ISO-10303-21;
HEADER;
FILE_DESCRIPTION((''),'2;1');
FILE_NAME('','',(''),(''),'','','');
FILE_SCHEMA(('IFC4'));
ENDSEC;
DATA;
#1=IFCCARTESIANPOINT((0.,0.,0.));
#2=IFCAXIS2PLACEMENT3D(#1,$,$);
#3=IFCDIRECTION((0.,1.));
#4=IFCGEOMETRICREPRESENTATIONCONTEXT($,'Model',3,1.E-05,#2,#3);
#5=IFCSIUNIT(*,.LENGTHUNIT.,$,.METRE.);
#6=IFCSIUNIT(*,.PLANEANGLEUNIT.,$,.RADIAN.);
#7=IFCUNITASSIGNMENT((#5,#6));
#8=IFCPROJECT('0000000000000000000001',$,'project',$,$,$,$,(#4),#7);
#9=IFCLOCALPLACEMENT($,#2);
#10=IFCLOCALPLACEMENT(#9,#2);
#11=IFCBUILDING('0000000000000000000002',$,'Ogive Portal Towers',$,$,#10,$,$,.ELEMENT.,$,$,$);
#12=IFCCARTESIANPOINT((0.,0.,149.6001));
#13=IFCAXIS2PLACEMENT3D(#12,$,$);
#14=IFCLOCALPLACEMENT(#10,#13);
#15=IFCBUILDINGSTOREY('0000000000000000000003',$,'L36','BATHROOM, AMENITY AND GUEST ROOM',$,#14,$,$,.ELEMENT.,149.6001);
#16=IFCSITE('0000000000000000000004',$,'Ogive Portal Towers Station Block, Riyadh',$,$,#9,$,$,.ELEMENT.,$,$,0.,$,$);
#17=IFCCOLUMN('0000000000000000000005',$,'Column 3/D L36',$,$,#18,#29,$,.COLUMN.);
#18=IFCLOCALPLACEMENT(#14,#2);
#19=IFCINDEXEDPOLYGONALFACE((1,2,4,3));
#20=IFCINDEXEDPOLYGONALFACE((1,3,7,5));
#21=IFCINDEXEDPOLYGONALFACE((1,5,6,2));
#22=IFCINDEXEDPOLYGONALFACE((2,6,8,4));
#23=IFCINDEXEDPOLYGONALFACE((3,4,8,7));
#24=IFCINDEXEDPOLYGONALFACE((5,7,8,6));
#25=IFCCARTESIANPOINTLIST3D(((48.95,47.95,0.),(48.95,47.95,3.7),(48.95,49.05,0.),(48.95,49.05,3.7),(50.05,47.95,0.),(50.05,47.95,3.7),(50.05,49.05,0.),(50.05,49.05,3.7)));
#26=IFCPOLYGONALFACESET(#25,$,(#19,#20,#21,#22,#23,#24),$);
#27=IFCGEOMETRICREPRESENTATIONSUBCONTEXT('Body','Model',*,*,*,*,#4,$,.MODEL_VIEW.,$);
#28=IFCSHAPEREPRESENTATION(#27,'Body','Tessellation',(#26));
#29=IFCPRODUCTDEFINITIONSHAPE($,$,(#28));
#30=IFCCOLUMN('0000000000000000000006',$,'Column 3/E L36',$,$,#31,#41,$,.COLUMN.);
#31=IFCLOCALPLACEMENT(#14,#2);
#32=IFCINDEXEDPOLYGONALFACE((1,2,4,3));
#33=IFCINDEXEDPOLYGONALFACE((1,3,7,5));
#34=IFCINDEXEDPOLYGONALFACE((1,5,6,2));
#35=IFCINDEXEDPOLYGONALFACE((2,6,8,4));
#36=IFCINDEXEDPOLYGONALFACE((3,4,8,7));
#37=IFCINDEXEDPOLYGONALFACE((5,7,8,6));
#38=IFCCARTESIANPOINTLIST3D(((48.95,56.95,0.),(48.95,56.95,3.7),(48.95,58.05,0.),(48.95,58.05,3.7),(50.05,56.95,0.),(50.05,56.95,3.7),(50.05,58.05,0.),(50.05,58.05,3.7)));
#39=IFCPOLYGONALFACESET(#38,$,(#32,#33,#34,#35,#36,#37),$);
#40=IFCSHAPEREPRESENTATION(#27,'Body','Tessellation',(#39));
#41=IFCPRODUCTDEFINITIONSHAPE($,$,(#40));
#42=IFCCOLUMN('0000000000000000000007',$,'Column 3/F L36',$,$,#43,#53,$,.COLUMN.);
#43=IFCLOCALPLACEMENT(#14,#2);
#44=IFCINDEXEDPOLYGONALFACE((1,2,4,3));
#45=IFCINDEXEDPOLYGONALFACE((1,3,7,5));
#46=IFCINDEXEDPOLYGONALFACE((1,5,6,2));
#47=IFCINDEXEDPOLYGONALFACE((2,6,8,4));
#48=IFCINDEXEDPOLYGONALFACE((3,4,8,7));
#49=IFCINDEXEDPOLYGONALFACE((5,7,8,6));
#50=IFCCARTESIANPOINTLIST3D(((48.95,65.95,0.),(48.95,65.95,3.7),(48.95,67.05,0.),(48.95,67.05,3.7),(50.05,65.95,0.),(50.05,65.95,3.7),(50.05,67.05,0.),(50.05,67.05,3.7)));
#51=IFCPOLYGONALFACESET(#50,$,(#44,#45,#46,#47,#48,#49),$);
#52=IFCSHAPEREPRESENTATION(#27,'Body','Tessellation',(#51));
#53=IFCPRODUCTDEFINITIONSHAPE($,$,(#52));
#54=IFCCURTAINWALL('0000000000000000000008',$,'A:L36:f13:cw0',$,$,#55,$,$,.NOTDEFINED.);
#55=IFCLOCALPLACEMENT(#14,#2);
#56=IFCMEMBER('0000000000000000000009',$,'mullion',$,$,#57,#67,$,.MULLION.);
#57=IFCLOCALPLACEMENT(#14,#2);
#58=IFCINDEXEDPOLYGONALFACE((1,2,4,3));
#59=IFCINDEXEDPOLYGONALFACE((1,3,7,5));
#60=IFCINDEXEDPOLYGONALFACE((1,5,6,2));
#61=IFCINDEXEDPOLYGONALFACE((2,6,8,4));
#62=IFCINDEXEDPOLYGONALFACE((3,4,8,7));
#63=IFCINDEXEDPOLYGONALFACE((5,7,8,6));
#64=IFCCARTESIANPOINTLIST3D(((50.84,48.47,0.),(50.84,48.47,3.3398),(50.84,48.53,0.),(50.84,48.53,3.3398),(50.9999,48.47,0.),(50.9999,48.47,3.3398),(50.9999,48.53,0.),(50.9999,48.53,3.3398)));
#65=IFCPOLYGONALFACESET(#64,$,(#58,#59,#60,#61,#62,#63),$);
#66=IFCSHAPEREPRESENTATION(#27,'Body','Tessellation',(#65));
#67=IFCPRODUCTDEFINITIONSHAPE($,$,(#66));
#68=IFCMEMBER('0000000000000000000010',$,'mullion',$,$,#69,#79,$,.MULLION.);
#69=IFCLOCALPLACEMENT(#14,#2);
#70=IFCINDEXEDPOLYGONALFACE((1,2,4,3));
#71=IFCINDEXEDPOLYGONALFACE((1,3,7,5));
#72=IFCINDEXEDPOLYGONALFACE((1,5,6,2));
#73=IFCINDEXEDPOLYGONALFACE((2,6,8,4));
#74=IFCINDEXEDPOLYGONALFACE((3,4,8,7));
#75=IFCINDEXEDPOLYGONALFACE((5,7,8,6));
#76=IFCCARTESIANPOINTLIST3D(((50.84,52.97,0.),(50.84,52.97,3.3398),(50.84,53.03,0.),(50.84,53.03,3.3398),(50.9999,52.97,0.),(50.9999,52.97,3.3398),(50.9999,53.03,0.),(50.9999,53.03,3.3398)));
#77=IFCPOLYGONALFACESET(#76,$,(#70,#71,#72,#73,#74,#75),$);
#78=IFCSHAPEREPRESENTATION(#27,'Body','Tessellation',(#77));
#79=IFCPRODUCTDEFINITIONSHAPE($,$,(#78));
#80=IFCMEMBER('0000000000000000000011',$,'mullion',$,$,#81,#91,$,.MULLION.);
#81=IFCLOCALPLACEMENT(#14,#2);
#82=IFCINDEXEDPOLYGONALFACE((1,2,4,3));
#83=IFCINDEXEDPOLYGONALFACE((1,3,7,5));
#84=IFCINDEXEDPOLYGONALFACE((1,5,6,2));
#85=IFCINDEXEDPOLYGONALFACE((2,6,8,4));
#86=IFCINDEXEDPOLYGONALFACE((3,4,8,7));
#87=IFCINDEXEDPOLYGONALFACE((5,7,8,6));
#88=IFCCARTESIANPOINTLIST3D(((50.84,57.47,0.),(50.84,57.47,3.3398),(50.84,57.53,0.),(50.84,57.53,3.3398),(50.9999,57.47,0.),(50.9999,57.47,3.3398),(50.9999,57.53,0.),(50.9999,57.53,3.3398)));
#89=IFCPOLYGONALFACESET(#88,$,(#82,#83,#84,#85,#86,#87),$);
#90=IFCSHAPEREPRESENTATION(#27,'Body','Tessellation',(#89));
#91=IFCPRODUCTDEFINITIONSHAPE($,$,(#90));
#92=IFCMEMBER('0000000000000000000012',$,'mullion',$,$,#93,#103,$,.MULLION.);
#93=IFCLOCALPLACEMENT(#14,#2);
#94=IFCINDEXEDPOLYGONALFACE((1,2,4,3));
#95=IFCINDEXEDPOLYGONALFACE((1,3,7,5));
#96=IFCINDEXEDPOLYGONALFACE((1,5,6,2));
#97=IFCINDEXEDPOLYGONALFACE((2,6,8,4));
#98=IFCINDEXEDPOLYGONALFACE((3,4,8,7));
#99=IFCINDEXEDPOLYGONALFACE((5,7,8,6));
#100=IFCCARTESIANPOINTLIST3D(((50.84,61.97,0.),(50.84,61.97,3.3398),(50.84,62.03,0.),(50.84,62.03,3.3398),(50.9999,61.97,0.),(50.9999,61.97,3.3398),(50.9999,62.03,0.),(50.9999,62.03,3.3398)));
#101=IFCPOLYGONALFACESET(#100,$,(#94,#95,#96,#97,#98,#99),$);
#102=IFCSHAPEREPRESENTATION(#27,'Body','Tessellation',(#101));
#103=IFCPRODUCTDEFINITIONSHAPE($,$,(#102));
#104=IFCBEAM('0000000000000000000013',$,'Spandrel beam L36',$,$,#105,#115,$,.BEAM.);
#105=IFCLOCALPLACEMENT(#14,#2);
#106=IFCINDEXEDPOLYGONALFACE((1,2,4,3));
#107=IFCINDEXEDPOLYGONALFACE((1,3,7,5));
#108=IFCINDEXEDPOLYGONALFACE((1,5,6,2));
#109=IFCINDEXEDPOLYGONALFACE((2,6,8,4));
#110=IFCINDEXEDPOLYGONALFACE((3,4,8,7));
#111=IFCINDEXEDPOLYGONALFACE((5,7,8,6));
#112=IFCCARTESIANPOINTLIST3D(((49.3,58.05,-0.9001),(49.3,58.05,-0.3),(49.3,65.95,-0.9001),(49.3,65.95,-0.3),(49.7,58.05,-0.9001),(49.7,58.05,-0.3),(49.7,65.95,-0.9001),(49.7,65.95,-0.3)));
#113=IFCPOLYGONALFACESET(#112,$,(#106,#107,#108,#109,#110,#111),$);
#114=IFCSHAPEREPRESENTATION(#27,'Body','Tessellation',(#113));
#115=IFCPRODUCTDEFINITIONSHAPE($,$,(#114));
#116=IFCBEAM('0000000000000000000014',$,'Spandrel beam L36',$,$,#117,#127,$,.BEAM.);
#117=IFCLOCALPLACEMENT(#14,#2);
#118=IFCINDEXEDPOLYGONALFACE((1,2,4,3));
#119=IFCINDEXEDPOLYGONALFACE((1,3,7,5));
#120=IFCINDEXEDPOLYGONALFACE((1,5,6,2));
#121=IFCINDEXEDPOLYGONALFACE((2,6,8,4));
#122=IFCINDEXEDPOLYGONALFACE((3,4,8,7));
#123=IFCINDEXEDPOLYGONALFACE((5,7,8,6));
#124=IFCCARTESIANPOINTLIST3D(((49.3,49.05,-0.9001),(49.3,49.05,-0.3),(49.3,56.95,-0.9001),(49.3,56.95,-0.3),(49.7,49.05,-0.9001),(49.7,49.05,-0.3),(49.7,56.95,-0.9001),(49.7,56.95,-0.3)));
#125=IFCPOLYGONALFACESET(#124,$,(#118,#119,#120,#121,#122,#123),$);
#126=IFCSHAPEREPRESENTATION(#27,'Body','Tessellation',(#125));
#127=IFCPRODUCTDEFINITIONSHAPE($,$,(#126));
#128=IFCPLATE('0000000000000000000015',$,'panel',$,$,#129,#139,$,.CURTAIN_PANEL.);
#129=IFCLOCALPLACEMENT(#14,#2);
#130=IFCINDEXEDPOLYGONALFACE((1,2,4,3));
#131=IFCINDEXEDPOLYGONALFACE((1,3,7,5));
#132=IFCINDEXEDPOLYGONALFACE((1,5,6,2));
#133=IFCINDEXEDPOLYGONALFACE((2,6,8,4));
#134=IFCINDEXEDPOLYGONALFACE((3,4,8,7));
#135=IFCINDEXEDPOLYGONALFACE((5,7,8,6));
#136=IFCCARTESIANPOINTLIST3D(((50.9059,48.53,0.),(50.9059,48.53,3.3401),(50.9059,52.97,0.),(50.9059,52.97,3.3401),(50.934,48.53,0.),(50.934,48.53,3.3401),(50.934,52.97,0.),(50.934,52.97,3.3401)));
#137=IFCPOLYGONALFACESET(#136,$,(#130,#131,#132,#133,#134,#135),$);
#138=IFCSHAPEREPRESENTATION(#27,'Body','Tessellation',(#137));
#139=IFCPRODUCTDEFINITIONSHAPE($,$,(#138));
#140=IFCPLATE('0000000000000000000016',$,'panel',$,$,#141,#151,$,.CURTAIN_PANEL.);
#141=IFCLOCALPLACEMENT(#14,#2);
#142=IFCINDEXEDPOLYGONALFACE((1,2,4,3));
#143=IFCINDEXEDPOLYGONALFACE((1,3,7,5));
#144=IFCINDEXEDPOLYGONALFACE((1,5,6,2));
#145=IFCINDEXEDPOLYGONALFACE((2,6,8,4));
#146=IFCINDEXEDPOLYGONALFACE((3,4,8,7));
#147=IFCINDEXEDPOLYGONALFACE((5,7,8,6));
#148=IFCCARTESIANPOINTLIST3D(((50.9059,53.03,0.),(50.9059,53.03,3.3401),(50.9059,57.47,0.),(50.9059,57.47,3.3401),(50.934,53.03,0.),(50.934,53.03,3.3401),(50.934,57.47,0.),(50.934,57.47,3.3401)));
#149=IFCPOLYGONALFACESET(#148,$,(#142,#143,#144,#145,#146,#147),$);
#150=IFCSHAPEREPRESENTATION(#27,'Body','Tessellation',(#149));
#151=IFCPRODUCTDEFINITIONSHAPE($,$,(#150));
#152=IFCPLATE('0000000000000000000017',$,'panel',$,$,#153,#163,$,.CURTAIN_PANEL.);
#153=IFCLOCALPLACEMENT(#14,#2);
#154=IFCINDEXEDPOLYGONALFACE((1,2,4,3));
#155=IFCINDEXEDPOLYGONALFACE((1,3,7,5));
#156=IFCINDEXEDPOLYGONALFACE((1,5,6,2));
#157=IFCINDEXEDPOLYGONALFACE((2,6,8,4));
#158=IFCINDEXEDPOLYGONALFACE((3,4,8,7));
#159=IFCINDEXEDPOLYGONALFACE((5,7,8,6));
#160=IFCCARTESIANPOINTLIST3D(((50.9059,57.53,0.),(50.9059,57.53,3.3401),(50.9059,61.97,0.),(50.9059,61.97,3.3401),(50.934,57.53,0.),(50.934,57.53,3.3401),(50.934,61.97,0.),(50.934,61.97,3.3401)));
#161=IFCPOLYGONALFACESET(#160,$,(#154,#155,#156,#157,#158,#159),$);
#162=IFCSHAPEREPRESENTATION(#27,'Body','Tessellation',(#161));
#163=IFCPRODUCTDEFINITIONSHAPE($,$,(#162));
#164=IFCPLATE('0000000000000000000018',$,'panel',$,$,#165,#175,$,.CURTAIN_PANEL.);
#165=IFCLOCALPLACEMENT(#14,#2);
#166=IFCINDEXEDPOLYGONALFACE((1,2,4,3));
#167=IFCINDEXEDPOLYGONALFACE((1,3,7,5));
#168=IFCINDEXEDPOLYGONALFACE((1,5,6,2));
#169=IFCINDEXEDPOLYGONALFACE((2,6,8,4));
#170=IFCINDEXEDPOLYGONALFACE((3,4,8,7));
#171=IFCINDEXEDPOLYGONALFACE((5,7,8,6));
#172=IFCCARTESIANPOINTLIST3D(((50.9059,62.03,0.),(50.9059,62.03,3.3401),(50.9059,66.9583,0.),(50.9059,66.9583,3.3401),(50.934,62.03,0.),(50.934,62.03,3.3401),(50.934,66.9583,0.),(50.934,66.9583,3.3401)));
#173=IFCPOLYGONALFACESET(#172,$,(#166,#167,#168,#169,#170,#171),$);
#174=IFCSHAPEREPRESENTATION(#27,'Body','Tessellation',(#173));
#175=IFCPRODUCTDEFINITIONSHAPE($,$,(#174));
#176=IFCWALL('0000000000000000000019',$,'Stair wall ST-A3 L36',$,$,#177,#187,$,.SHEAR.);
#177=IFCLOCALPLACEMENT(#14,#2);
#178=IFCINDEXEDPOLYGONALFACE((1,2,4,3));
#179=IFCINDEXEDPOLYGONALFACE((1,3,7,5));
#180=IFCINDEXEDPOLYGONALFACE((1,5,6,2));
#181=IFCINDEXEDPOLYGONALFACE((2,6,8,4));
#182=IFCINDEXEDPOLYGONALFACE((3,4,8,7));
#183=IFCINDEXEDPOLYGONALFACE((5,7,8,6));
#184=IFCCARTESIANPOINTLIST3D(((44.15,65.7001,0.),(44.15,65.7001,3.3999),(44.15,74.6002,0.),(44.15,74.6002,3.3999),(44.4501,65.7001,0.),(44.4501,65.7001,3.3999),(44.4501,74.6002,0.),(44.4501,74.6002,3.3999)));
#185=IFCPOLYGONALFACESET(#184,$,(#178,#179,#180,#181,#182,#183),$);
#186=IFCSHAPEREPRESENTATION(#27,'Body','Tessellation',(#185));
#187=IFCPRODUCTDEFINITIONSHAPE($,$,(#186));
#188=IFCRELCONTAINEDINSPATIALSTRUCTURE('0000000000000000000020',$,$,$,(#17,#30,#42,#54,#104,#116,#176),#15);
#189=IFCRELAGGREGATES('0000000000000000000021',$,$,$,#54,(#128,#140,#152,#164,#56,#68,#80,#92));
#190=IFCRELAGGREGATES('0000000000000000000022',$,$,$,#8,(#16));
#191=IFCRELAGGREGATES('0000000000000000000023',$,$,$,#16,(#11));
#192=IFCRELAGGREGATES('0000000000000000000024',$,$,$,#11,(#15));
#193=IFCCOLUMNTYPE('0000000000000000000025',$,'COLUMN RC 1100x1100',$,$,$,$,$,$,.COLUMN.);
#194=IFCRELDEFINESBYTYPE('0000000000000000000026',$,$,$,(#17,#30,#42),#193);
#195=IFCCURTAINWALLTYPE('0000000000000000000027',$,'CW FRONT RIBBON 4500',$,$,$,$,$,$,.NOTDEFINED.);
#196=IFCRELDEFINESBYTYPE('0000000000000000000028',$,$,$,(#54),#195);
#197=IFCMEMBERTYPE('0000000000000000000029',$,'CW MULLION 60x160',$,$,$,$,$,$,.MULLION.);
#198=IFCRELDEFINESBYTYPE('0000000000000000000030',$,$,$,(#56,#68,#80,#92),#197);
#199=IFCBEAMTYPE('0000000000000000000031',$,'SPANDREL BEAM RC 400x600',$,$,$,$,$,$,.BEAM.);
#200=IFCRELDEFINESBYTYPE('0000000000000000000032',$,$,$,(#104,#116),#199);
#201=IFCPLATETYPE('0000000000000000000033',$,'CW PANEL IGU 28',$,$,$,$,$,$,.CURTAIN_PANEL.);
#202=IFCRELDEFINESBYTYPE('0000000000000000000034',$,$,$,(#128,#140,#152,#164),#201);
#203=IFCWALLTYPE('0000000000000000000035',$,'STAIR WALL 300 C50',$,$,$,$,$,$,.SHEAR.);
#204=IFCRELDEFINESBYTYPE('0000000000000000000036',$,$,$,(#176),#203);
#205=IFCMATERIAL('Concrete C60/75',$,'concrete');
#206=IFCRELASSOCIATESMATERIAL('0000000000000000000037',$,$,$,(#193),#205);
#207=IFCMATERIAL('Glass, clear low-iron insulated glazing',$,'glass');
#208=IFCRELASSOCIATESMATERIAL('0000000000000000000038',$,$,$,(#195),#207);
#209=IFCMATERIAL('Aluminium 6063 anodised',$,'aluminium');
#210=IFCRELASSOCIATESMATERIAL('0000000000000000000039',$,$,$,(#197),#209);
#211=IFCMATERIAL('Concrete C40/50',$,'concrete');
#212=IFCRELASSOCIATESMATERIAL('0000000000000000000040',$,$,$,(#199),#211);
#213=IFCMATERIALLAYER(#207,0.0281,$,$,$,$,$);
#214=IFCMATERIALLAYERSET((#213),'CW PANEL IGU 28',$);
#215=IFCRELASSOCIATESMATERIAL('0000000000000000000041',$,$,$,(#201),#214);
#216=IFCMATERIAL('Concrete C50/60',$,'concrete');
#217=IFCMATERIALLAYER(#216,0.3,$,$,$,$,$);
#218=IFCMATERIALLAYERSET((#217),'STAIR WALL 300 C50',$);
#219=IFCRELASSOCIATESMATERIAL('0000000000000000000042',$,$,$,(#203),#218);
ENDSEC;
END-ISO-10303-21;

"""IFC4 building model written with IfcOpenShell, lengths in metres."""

from ifc_helpers import new_model, si_unit, direction, frame, frame_2d, origin, origin_2d, place, context, subcontext, project, spatial, rectangle, extrude, material, layer, layer_set, material_profile, profile_set, type_object, element, aggregate, save


model = new_model("IFC4")

# Units and contexts
model_context = context("Model", 3, precision=1e-05, world=origin(), true_north=direction((0.0, 1.0)))
body_context = subcontext(model_context, "Body", "Model", "MODEL_VIEW")
ifc_project = project(units=[si_unit("LENGTHUNIT", "METRE"), si_unit("PLANEANGLEUNIT", "RADIAN")], contexts=[model_context])

# Site, building, storey
site_placement = place(None, origin())
site = spatial("IfcSite", under=ifc_project, at=site_placement, Name="Ogive Portal Towers Station Block, Riyadh", CompositionType="ELEMENT", RefElevation=0.0)
building_placement = place(site_placement, origin())
building = spatial("IfcBuilding", under=site, at=building_placement, Name="Ogive Portal Towers", CompositionType="ELEMENT")
storey_placement = place(building_placement, frame((0.0, 0.0, 149.6001)))
storey = spatial("IfcBuildingStorey", under=building, at=storey_placement, Name="L36", Description="BATHROOM, AMENITY AND GUEST ROOM", CompositionType="ELEMENT", Elevation=149.6001)

# Columns
ifc_material_1 = material(Name="Concrete C60/75", Category="concrete")
ifc_material_profile_1 = material_profile(ifc_material_1, rectangle(XDim=1.1001, YDim=1.1001, at=origin_2d()), Name="RC 1100x1100")
ifc_profile_set_1 = profile_set([ifc_material_profile_1], Name="Concrete C60/75")
column_type = type_object("IfcColumnType", Name="COLUMN RC 1100x1100", PredefinedType="COLUMN", material=ifc_profile_set_1)
for number, where, z_axis, x_axis, name in (
    (1, (49.5, 48.5, 0.0), (0.0, 0.0, 1.0), (1.0, 0.0, 0.0), "Column 3/D L36"),
    (2, (49.5, 57.5, 0.0), (0.0, 0.0, 1.0), (1.0, 0.0, 0.0), "Column 3/E L36"),
    (3, (49.5, 66.5, 0.0), (0.0, 0.0, 1.0), (1.0, 0.0, 0.0), "Column 3/F L36"),
):
    element("IfcColumn", number, at=place(storey_placement, frame(where, z_axis=z_axis, x_axis=x_axis)), inside=storey, type_object=column_type, Name=name, PredefinedType="COLUMN", context=body_context, shape_type="SweptSolid", body=[
        extrude(rectangle(XDim=1.1001, YDim=1.1001, at=origin_2d()), origin(), (0.0, 0.0, 1.0), 3.7),
    ])

# Curtain wall, members
ifc_material_2 = material(Name="Glass, clear low-iron insulated glazing", Category="glass")
curtain_wall_type = type_object("IfcCurtainWallType", Name="CW FRONT RIBBON 4500", PredefinedType="NOTDEFINED", material=ifc_material_2)
curtain_wall_placement = place(storey_placement, origin())
curtain_wall = element("IfcCurtainWall", 4, at=curtain_wall_placement, inside=storey, type_object=curtain_wall_type, Name="A:L36:f13:cw0", PredefinedType="NOTDEFINED")
ifc_material_3 = material(Name="Aluminium 6063 anodised", Category="aluminium")
ifc_material_profile_2 = material_profile(ifc_material_3, rectangle(XDim=0.1599, YDim=0.0601, at=origin_2d()), Name="AL 60x160")
ifc_profile_set_2 = profile_set([ifc_material_profile_2], Name="Aluminium 6063 anodised")
member_type = type_object("IfcMemberType", Name="CW MULLION 60x160", PredefinedType="MULLION", material=ifc_profile_set_2)
member_1_placement = place(storey_placement, frame((50.9199, 48.5, 0.0), z_axis=(0.0, 0.0, 1.0), x_axis=(-1.0, 0.0, 0.0)))
member_1 = element("IfcMember", 5, at=member_1_placement, type_object=member_type, Name="mullion", PredefinedType="MULLION", context=body_context, shape_type="SweptSolid", body=[
    extrude(rectangle(XDim=0.1599, YDim=0.0601, at=origin_2d()), origin(), (0.0, 0.0, 1.0), 3.3398),
])
member_2_placement = place(storey_placement, frame((50.9199, 53.0, 0.0), z_axis=(0.0, 0.0, 1.0), x_axis=(-1.0, 0.0, 0.0)))
member_2 = element("IfcMember", 6, at=member_2_placement, type_object=member_type, Name="mullion", PredefinedType="MULLION", context=body_context, shape_type="SweptSolid", body=[
    extrude(rectangle(XDim=0.1599, YDim=0.0601, at=origin_2d()), origin(), (0.0, 0.0, 1.0), 3.3398),
])
member_3_placement = place(storey_placement, frame((50.9199, 57.5, 0.0), z_axis=(0.0, 0.0, 1.0), x_axis=(-1.0, 0.0, 0.0)))
member_3 = element("IfcMember", 7, at=member_3_placement, type_object=member_type, Name="mullion", PredefinedType="MULLION", context=body_context, shape_type="SweptSolid", body=[
    extrude(rectangle(XDim=0.1599, YDim=0.0601, at=origin_2d()), origin(), (0.0, 0.0, 1.0), 3.3398),
])
member_4_placement = place(storey_placement, frame((50.9199, 62.0, 0.0), z_axis=(0.0, 0.0, 1.0), x_axis=(-1.0, 0.0, 0.0)))
member_4 = element("IfcMember", 8, at=member_4_placement, type_object=member_type, Name="mullion", PredefinedType="MULLION", context=body_context, shape_type="SweptSolid", body=[
    extrude(rectangle(XDim=0.1599, YDim=0.0601, at=origin_2d()), origin(), (0.0, 0.0, 1.0), 3.3398),
])

# Beams
ifc_material_4 = material(Name="Concrete C40/50", Category="concrete")
ifc_material_profile_3 = material_profile(ifc_material_4, rectangle(XDim=0.3999, YDim=0.6001, at=origin_2d()), Name="RC 400x600")
ifc_profile_set_3 = profile_set([ifc_material_profile_3], Name="Concrete C40/50")
beam_type = type_object("IfcBeamType", Name="SPANDREL BEAM RC 400x600", PredefinedType="BEAM", material=ifc_profile_set_3)
for number, where, z_axis, x_axis, name in (
    (9, (49.5, 65.95, -0.6001), (0.0, -1.0, 0.0), (1.0, 0.0, 0.0), "Spandrel beam L36"),
    (10, (49.5, 56.95, -0.6001), (0.0, -1.0, 0.0), (1.0, 0.0, 0.0), "Spandrel beam L36"),
):
    element("IfcBeam", number, at=place(storey_placement, frame(where, z_axis=z_axis, x_axis=x_axis)), inside=storey, type_object=beam_type, Name=name, PredefinedType="BEAM", context=body_context, shape_type="SweptSolid", body=[
        extrude(rectangle(XDim=0.3999, YDim=0.6001, at=origin_2d()), origin(), (0.0, 0.0, 1.0), 7.8999),
    ])

# Plates
ifc_layer_1 = layer(ifc_material_2, 0.0281)
ifc_layer_set_1 = layer_set([ifc_layer_1], Name="CW PANEL IGU 28")
plate_type = type_object("IfcPlateType", Name="CW PANEL IGU 28", PredefinedType="CURTAIN_PANEL", material=ifc_layer_set_1)
plate_1_placement = place(storey_placement, frame((50.9199, 50.75, 0.0), z_axis=(0.0, 0.0, 1.0), x_axis=(0.0, 1.0, 0.0)))
plate_1 = element("IfcPlate", 11, at=plate_1_placement, type_object=plate_type, Name="panel", PredefinedType="CURTAIN_PANEL", context=body_context, shape_type="SweptSolid", body=[
    extrude(rectangle(XDim=4.4399, YDim=0.0281, at=origin_2d()), origin(), (0.0, 0.0, 1.0), 3.3401),
])
plate_2_placement = place(storey_placement, frame((50.9199, 55.25, 0.0), z_axis=(0.0, 0.0, 1.0), x_axis=(0.0, 1.0, 0.0)))
plate_2 = element("IfcPlate", 12, at=plate_2_placement, type_object=plate_type, Name="panel", PredefinedType="CURTAIN_PANEL", context=body_context, shape_type="SweptSolid", body=[
    extrude(rectangle(XDim=4.4399, YDim=0.0281, at=origin_2d()), origin(), (0.0, 0.0, 1.0), 3.3401),
])
plate_3_placement = place(storey_placement, frame((50.9199, 59.75, 0.0), z_axis=(0.0, 0.0, 1.0), x_axis=(0.0, 1.0, 0.0)))
plate_3 = element("IfcPlate", 13, at=plate_3_placement, type_object=plate_type, Name="panel", PredefinedType="CURTAIN_PANEL", context=body_context, shape_type="SweptSolid", body=[
    extrude(rectangle(XDim=4.4399, YDim=0.0281, at=origin_2d()), origin(), (0.0, 0.0, 1.0), 3.3401),
])
plate_4_placement = place(storey_placement, frame((50.9199, 64.4941, 0.0), z_axis=(0.0, 0.0, 1.0), x_axis=(0.0, 1.0, 0.0)))
plate_4 = element("IfcPlate", 14, at=plate_4_placement, type_object=plate_type, Name="panel", PredefinedType="CURTAIN_PANEL", context=body_context, shape_type="SweptSolid", body=[
    extrude(rectangle(XDim=4.9282, YDim=0.0281, at=origin_2d()), origin(), (0.0, 0.0, 1.0), 3.3401),
])
aggregate(curtain_wall, [plate_1, plate_2, plate_3, plate_4, member_1, member_2, member_3, member_4])

# Wall
ifc_material_5 = material(Name="Concrete C50/60", Category="concrete")
ifc_layer_2 = layer(ifc_material_5, 0.3)
ifc_layer_set_2 = layer_set([ifc_layer_2], Name="STAIR WALL 300 C50")
wall_type_1 = type_object("IfcWallType", Name="STAIR WALL 300 C50", PredefinedType="SHEAR", material=ifc_layer_set_2)
wall_1_placement = place(storey_placement, frame((44.3, 65.7, 0.0), z_axis=(0.0, 0.0, 1.0), x_axis=(0.0, 1.0, 0.0)))
element("IfcWall", 15, at=wall_1_placement, inside=storey, type_object=wall_type_1, Name="Stair wall ST-A3 L36", PredefinedType="SHEAR", context=body_context, shape_type="SweptSolid", body=[
    extrude(rectangle(XDim=8.9001, YDim=0.3, at=frame_2d((4.4502, 0.0))), origin(), (0.0, 0.0, 1.0), 3.3999),
])

save(model, "model.ifc")
